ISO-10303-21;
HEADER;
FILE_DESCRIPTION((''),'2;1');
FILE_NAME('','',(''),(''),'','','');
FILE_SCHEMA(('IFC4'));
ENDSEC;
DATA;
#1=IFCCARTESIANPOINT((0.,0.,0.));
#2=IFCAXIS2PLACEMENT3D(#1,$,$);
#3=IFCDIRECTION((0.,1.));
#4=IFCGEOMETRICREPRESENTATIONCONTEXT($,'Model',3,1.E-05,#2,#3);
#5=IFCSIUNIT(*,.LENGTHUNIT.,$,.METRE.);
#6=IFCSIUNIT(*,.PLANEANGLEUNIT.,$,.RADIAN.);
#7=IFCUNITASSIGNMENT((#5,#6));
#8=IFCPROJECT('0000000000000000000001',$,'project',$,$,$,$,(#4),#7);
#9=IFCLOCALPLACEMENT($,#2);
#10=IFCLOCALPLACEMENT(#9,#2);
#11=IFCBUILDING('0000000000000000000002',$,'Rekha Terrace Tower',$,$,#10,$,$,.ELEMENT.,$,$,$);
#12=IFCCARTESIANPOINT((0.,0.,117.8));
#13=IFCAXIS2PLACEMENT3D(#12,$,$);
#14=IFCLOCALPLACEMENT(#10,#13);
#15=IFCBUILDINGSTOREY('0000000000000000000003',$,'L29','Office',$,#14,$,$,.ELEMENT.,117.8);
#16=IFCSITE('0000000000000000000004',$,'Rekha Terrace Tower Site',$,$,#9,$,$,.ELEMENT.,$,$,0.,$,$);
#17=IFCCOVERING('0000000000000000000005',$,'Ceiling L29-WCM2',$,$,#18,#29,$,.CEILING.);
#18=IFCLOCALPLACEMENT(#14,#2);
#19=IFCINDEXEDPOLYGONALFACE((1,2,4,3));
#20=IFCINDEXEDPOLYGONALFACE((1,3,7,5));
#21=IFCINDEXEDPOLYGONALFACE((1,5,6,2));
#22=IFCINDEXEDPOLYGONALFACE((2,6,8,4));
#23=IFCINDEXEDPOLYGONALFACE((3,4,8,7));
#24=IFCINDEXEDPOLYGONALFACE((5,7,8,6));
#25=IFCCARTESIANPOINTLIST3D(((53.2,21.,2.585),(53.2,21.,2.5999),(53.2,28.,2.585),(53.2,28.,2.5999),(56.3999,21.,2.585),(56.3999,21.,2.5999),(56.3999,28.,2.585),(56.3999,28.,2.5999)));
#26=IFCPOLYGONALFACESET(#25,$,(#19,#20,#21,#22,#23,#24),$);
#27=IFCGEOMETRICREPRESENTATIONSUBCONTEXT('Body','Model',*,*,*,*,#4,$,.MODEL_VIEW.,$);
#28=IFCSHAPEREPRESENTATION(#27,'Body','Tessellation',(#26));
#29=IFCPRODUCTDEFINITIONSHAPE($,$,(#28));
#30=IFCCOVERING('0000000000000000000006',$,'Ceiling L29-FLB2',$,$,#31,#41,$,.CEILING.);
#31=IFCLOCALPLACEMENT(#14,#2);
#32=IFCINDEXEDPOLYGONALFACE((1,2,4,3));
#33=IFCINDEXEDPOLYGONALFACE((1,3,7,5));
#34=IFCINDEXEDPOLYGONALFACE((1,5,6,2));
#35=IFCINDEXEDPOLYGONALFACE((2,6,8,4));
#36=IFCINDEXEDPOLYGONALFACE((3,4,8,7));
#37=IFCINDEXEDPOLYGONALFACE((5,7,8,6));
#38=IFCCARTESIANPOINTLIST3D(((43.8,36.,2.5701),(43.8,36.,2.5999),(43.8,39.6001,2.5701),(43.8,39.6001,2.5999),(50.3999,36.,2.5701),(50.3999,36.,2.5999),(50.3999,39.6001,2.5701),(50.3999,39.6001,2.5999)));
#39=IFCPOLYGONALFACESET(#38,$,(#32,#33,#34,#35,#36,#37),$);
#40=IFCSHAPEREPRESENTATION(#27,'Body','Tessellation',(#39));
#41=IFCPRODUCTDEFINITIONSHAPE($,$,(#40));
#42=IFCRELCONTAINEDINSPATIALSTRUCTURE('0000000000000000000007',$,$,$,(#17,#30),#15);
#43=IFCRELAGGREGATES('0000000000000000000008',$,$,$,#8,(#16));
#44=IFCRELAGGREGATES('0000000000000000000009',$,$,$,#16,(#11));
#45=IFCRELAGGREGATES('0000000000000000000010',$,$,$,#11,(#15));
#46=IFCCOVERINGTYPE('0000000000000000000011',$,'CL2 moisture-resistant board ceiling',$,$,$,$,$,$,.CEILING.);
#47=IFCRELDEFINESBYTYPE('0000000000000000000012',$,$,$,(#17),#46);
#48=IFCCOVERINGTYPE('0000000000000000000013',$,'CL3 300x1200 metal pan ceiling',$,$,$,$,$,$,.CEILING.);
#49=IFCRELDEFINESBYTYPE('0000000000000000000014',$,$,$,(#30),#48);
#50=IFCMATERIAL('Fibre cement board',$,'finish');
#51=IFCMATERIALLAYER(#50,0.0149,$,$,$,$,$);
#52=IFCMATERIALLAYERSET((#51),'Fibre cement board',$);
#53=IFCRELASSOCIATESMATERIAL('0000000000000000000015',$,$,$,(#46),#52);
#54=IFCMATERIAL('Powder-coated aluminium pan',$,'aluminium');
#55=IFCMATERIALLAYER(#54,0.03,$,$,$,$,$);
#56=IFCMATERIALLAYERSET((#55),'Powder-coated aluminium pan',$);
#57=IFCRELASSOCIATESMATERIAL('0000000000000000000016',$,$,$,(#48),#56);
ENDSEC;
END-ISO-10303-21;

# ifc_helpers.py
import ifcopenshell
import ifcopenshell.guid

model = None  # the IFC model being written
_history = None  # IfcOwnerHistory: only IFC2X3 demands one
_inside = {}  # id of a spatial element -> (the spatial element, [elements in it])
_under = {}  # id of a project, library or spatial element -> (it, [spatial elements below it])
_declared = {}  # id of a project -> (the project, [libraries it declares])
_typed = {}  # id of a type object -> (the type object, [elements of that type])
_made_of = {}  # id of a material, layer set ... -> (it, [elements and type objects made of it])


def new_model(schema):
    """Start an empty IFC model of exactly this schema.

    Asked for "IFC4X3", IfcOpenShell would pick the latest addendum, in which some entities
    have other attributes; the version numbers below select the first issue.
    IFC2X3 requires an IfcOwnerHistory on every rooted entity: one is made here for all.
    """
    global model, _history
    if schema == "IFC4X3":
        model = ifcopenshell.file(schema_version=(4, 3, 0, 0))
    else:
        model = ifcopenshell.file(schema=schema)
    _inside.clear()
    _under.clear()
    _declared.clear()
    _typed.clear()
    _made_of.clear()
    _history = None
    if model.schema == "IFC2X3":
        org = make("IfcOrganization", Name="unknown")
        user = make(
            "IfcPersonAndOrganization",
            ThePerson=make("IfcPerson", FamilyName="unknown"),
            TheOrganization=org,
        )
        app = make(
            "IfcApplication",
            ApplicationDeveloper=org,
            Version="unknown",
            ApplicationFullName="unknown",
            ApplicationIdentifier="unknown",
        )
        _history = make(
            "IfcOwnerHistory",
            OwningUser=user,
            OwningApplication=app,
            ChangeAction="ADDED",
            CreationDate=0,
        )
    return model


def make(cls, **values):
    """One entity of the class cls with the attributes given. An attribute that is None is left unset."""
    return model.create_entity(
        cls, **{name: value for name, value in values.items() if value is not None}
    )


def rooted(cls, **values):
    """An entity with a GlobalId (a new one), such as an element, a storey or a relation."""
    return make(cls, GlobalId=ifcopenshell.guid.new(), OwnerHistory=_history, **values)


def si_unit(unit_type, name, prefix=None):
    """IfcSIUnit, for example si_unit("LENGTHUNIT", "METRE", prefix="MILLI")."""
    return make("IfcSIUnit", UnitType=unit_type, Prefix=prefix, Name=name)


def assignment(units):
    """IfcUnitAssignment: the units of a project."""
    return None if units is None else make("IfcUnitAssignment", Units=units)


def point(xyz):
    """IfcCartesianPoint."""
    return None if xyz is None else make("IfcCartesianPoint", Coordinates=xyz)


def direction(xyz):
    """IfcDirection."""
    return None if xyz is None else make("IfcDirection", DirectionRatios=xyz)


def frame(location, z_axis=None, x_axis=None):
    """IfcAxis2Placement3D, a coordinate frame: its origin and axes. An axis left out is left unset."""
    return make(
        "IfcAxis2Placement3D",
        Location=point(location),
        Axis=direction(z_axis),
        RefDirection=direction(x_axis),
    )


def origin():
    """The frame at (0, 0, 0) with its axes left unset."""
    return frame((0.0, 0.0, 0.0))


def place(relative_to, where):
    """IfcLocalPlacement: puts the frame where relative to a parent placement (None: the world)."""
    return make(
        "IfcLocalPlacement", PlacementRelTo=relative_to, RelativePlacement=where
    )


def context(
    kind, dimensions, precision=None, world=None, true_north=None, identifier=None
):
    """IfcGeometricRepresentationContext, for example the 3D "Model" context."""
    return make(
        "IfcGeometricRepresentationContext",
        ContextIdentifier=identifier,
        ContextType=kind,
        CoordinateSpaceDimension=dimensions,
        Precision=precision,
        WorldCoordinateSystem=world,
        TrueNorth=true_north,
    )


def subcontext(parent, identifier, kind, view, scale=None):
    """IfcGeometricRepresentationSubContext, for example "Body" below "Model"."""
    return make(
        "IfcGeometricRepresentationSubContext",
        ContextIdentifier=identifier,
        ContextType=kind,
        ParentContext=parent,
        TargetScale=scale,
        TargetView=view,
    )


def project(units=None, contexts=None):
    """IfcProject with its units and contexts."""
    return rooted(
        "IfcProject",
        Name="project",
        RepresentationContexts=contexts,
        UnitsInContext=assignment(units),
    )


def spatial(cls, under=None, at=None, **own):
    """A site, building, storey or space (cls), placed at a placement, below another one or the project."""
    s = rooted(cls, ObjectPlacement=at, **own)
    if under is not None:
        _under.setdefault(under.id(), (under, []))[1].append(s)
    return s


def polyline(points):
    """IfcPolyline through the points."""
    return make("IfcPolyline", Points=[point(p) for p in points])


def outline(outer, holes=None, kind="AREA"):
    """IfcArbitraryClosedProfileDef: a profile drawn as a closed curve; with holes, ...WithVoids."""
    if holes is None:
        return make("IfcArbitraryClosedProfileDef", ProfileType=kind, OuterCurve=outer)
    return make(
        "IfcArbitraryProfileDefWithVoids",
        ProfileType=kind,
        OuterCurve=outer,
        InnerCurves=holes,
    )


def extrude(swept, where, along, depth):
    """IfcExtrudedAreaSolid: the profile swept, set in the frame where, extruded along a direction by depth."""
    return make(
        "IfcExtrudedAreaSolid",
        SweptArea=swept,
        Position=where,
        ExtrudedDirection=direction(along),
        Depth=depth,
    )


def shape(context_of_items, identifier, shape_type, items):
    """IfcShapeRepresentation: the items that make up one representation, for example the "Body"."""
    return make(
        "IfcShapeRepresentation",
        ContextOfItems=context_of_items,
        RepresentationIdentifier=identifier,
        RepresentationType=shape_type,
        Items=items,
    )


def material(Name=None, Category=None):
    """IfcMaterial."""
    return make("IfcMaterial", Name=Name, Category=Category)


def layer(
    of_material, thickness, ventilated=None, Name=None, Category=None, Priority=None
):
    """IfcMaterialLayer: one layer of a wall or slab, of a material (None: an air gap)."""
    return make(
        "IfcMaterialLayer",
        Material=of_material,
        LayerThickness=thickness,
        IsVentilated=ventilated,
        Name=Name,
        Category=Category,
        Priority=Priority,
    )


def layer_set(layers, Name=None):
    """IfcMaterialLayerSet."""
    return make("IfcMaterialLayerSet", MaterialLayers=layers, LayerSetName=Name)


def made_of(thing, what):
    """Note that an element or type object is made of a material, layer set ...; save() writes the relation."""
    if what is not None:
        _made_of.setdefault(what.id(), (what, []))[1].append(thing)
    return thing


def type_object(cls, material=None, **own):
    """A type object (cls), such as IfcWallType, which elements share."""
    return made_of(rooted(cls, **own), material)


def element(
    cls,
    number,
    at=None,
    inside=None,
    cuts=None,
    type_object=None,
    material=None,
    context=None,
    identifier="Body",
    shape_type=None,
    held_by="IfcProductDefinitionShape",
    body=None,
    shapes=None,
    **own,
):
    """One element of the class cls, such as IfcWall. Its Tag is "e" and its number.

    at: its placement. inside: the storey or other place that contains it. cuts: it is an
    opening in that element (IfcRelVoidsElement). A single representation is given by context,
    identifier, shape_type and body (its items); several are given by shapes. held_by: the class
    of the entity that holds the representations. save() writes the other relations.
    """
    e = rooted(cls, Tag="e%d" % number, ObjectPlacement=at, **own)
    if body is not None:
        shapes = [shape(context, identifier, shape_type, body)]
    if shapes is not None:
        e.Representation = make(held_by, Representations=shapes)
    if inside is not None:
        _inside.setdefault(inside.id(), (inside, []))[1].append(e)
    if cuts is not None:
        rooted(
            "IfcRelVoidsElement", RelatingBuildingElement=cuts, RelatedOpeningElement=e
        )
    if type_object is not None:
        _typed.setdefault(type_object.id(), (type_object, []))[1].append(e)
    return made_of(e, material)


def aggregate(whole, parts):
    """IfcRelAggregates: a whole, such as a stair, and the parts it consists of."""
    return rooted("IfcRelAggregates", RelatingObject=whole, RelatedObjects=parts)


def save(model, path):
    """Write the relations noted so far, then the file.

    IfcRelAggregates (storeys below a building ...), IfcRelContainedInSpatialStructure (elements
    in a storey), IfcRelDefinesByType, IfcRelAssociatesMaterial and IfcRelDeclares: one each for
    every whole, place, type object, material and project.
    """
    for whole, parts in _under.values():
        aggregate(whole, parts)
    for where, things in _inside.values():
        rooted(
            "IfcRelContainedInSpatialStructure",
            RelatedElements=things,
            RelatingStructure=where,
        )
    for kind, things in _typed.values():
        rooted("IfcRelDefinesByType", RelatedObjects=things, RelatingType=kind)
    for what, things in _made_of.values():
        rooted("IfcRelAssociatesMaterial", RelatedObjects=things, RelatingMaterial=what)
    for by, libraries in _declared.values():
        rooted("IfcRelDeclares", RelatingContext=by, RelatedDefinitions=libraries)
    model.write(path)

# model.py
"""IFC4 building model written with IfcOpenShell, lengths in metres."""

from ifc_helpers import new_model, si_unit, direction, frame, origin, place, context, subcontext, project, spatial, polyline, outline, extrude, material, layer, layer_set, type_object, element, save


model = new_model("IFC4")

# Units and contexts
model_context = context("Model", 3, precision=1e-05, world=origin(), true_north=direction((0.0, 1.0)))
body_context = subcontext(model_context, "Body", "Model", "MODEL_VIEW")
ifc_project = project(units=[si_unit("LENGTHUNIT", "METRE"), si_unit("PLANEANGLEUNIT", "RADIAN")], contexts=[model_context])

# Site, building, storey
site_placement = place(None, origin())
site = spatial("IfcSite", under=ifc_project, at=site_placement, Name="Rekha Terrace Tower Site", CompositionType="ELEMENT", RefElevation=0.0)
building_placement = place(site_placement, origin())
building = spatial("IfcBuilding", under=site, at=building_placement, Name="Rekha Terrace Tower", CompositionType="ELEMENT")
storey_placement = place(building_placement, frame((0.0, 0.0, 117.8)))
storey = spatial("IfcBuildingStorey", under=building, at=storey_placement, Name="L29", Description="Office", CompositionType="ELEMENT", Elevation=117.8)

# Coverings
ifc_material_1 = material(Name="Fibre cement board", Category="finish")
ifc_layer_1 = layer(ifc_material_1, 0.0149)
ifc_layer_set_1 = layer_set([ifc_layer_1], Name="Fibre cement board")
covering_type_1 = type_object("IfcCoveringType", Name="CL2 moisture-resistant board ceiling", PredefinedType="CEILING", material=ifc_layer_set_1)
covering_1_placement = place(storey_placement, frame((0.0, 0.0, 2.585)))
element("IfcCovering", 1, at=covering_1_placement, inside=storey, type_object=covering_type_1, Name="Ceiling L29-WCM2", PredefinedType="CEILING", context=body_context, shape_type="SweptSolid", body=[
    extrude(outline(polyline([(56.3999, 28.0), (53.2, 28.0), (53.2, 21.0), (56.3999, 21.0), (56.3999, 28.0)])), origin(), (0.0, 0.0, 1.0), 0.0149),
])
ifc_material_2 = material(Name="Powder-coated aluminium pan", Category="aluminium")
ifc_layer_2 = layer(ifc_material_2, 0.03)
ifc_layer_set_2 = layer_set([ifc_layer_2], Name="Powder-coated aluminium pan")
covering_type_2 = type_object("IfcCoveringType", Name="CL3 300x1200 metal pan ceiling", PredefinedType="CEILING", material=ifc_layer_set_2)
covering_2_placement = place(storey_placement, frame((0.0, 0.0, 2.5701)))
element("IfcCovering", 2, at=covering_2_placement, inside=storey, type_object=covering_type_2, Name="Ceiling L29-FLB2", PredefinedType="CEILING", context=body_context, shape_type="SweptSolid", body=[
    extrude(outline(polyline([(50.3999, 39.6001), (43.8, 39.6001), (43.8, 36.0), (50.3999, 36.0), (50.3999, 39.6001)])), origin(), (0.0, 0.0, 1.0), 0.0298),
])

save(model, "model.ifc")
